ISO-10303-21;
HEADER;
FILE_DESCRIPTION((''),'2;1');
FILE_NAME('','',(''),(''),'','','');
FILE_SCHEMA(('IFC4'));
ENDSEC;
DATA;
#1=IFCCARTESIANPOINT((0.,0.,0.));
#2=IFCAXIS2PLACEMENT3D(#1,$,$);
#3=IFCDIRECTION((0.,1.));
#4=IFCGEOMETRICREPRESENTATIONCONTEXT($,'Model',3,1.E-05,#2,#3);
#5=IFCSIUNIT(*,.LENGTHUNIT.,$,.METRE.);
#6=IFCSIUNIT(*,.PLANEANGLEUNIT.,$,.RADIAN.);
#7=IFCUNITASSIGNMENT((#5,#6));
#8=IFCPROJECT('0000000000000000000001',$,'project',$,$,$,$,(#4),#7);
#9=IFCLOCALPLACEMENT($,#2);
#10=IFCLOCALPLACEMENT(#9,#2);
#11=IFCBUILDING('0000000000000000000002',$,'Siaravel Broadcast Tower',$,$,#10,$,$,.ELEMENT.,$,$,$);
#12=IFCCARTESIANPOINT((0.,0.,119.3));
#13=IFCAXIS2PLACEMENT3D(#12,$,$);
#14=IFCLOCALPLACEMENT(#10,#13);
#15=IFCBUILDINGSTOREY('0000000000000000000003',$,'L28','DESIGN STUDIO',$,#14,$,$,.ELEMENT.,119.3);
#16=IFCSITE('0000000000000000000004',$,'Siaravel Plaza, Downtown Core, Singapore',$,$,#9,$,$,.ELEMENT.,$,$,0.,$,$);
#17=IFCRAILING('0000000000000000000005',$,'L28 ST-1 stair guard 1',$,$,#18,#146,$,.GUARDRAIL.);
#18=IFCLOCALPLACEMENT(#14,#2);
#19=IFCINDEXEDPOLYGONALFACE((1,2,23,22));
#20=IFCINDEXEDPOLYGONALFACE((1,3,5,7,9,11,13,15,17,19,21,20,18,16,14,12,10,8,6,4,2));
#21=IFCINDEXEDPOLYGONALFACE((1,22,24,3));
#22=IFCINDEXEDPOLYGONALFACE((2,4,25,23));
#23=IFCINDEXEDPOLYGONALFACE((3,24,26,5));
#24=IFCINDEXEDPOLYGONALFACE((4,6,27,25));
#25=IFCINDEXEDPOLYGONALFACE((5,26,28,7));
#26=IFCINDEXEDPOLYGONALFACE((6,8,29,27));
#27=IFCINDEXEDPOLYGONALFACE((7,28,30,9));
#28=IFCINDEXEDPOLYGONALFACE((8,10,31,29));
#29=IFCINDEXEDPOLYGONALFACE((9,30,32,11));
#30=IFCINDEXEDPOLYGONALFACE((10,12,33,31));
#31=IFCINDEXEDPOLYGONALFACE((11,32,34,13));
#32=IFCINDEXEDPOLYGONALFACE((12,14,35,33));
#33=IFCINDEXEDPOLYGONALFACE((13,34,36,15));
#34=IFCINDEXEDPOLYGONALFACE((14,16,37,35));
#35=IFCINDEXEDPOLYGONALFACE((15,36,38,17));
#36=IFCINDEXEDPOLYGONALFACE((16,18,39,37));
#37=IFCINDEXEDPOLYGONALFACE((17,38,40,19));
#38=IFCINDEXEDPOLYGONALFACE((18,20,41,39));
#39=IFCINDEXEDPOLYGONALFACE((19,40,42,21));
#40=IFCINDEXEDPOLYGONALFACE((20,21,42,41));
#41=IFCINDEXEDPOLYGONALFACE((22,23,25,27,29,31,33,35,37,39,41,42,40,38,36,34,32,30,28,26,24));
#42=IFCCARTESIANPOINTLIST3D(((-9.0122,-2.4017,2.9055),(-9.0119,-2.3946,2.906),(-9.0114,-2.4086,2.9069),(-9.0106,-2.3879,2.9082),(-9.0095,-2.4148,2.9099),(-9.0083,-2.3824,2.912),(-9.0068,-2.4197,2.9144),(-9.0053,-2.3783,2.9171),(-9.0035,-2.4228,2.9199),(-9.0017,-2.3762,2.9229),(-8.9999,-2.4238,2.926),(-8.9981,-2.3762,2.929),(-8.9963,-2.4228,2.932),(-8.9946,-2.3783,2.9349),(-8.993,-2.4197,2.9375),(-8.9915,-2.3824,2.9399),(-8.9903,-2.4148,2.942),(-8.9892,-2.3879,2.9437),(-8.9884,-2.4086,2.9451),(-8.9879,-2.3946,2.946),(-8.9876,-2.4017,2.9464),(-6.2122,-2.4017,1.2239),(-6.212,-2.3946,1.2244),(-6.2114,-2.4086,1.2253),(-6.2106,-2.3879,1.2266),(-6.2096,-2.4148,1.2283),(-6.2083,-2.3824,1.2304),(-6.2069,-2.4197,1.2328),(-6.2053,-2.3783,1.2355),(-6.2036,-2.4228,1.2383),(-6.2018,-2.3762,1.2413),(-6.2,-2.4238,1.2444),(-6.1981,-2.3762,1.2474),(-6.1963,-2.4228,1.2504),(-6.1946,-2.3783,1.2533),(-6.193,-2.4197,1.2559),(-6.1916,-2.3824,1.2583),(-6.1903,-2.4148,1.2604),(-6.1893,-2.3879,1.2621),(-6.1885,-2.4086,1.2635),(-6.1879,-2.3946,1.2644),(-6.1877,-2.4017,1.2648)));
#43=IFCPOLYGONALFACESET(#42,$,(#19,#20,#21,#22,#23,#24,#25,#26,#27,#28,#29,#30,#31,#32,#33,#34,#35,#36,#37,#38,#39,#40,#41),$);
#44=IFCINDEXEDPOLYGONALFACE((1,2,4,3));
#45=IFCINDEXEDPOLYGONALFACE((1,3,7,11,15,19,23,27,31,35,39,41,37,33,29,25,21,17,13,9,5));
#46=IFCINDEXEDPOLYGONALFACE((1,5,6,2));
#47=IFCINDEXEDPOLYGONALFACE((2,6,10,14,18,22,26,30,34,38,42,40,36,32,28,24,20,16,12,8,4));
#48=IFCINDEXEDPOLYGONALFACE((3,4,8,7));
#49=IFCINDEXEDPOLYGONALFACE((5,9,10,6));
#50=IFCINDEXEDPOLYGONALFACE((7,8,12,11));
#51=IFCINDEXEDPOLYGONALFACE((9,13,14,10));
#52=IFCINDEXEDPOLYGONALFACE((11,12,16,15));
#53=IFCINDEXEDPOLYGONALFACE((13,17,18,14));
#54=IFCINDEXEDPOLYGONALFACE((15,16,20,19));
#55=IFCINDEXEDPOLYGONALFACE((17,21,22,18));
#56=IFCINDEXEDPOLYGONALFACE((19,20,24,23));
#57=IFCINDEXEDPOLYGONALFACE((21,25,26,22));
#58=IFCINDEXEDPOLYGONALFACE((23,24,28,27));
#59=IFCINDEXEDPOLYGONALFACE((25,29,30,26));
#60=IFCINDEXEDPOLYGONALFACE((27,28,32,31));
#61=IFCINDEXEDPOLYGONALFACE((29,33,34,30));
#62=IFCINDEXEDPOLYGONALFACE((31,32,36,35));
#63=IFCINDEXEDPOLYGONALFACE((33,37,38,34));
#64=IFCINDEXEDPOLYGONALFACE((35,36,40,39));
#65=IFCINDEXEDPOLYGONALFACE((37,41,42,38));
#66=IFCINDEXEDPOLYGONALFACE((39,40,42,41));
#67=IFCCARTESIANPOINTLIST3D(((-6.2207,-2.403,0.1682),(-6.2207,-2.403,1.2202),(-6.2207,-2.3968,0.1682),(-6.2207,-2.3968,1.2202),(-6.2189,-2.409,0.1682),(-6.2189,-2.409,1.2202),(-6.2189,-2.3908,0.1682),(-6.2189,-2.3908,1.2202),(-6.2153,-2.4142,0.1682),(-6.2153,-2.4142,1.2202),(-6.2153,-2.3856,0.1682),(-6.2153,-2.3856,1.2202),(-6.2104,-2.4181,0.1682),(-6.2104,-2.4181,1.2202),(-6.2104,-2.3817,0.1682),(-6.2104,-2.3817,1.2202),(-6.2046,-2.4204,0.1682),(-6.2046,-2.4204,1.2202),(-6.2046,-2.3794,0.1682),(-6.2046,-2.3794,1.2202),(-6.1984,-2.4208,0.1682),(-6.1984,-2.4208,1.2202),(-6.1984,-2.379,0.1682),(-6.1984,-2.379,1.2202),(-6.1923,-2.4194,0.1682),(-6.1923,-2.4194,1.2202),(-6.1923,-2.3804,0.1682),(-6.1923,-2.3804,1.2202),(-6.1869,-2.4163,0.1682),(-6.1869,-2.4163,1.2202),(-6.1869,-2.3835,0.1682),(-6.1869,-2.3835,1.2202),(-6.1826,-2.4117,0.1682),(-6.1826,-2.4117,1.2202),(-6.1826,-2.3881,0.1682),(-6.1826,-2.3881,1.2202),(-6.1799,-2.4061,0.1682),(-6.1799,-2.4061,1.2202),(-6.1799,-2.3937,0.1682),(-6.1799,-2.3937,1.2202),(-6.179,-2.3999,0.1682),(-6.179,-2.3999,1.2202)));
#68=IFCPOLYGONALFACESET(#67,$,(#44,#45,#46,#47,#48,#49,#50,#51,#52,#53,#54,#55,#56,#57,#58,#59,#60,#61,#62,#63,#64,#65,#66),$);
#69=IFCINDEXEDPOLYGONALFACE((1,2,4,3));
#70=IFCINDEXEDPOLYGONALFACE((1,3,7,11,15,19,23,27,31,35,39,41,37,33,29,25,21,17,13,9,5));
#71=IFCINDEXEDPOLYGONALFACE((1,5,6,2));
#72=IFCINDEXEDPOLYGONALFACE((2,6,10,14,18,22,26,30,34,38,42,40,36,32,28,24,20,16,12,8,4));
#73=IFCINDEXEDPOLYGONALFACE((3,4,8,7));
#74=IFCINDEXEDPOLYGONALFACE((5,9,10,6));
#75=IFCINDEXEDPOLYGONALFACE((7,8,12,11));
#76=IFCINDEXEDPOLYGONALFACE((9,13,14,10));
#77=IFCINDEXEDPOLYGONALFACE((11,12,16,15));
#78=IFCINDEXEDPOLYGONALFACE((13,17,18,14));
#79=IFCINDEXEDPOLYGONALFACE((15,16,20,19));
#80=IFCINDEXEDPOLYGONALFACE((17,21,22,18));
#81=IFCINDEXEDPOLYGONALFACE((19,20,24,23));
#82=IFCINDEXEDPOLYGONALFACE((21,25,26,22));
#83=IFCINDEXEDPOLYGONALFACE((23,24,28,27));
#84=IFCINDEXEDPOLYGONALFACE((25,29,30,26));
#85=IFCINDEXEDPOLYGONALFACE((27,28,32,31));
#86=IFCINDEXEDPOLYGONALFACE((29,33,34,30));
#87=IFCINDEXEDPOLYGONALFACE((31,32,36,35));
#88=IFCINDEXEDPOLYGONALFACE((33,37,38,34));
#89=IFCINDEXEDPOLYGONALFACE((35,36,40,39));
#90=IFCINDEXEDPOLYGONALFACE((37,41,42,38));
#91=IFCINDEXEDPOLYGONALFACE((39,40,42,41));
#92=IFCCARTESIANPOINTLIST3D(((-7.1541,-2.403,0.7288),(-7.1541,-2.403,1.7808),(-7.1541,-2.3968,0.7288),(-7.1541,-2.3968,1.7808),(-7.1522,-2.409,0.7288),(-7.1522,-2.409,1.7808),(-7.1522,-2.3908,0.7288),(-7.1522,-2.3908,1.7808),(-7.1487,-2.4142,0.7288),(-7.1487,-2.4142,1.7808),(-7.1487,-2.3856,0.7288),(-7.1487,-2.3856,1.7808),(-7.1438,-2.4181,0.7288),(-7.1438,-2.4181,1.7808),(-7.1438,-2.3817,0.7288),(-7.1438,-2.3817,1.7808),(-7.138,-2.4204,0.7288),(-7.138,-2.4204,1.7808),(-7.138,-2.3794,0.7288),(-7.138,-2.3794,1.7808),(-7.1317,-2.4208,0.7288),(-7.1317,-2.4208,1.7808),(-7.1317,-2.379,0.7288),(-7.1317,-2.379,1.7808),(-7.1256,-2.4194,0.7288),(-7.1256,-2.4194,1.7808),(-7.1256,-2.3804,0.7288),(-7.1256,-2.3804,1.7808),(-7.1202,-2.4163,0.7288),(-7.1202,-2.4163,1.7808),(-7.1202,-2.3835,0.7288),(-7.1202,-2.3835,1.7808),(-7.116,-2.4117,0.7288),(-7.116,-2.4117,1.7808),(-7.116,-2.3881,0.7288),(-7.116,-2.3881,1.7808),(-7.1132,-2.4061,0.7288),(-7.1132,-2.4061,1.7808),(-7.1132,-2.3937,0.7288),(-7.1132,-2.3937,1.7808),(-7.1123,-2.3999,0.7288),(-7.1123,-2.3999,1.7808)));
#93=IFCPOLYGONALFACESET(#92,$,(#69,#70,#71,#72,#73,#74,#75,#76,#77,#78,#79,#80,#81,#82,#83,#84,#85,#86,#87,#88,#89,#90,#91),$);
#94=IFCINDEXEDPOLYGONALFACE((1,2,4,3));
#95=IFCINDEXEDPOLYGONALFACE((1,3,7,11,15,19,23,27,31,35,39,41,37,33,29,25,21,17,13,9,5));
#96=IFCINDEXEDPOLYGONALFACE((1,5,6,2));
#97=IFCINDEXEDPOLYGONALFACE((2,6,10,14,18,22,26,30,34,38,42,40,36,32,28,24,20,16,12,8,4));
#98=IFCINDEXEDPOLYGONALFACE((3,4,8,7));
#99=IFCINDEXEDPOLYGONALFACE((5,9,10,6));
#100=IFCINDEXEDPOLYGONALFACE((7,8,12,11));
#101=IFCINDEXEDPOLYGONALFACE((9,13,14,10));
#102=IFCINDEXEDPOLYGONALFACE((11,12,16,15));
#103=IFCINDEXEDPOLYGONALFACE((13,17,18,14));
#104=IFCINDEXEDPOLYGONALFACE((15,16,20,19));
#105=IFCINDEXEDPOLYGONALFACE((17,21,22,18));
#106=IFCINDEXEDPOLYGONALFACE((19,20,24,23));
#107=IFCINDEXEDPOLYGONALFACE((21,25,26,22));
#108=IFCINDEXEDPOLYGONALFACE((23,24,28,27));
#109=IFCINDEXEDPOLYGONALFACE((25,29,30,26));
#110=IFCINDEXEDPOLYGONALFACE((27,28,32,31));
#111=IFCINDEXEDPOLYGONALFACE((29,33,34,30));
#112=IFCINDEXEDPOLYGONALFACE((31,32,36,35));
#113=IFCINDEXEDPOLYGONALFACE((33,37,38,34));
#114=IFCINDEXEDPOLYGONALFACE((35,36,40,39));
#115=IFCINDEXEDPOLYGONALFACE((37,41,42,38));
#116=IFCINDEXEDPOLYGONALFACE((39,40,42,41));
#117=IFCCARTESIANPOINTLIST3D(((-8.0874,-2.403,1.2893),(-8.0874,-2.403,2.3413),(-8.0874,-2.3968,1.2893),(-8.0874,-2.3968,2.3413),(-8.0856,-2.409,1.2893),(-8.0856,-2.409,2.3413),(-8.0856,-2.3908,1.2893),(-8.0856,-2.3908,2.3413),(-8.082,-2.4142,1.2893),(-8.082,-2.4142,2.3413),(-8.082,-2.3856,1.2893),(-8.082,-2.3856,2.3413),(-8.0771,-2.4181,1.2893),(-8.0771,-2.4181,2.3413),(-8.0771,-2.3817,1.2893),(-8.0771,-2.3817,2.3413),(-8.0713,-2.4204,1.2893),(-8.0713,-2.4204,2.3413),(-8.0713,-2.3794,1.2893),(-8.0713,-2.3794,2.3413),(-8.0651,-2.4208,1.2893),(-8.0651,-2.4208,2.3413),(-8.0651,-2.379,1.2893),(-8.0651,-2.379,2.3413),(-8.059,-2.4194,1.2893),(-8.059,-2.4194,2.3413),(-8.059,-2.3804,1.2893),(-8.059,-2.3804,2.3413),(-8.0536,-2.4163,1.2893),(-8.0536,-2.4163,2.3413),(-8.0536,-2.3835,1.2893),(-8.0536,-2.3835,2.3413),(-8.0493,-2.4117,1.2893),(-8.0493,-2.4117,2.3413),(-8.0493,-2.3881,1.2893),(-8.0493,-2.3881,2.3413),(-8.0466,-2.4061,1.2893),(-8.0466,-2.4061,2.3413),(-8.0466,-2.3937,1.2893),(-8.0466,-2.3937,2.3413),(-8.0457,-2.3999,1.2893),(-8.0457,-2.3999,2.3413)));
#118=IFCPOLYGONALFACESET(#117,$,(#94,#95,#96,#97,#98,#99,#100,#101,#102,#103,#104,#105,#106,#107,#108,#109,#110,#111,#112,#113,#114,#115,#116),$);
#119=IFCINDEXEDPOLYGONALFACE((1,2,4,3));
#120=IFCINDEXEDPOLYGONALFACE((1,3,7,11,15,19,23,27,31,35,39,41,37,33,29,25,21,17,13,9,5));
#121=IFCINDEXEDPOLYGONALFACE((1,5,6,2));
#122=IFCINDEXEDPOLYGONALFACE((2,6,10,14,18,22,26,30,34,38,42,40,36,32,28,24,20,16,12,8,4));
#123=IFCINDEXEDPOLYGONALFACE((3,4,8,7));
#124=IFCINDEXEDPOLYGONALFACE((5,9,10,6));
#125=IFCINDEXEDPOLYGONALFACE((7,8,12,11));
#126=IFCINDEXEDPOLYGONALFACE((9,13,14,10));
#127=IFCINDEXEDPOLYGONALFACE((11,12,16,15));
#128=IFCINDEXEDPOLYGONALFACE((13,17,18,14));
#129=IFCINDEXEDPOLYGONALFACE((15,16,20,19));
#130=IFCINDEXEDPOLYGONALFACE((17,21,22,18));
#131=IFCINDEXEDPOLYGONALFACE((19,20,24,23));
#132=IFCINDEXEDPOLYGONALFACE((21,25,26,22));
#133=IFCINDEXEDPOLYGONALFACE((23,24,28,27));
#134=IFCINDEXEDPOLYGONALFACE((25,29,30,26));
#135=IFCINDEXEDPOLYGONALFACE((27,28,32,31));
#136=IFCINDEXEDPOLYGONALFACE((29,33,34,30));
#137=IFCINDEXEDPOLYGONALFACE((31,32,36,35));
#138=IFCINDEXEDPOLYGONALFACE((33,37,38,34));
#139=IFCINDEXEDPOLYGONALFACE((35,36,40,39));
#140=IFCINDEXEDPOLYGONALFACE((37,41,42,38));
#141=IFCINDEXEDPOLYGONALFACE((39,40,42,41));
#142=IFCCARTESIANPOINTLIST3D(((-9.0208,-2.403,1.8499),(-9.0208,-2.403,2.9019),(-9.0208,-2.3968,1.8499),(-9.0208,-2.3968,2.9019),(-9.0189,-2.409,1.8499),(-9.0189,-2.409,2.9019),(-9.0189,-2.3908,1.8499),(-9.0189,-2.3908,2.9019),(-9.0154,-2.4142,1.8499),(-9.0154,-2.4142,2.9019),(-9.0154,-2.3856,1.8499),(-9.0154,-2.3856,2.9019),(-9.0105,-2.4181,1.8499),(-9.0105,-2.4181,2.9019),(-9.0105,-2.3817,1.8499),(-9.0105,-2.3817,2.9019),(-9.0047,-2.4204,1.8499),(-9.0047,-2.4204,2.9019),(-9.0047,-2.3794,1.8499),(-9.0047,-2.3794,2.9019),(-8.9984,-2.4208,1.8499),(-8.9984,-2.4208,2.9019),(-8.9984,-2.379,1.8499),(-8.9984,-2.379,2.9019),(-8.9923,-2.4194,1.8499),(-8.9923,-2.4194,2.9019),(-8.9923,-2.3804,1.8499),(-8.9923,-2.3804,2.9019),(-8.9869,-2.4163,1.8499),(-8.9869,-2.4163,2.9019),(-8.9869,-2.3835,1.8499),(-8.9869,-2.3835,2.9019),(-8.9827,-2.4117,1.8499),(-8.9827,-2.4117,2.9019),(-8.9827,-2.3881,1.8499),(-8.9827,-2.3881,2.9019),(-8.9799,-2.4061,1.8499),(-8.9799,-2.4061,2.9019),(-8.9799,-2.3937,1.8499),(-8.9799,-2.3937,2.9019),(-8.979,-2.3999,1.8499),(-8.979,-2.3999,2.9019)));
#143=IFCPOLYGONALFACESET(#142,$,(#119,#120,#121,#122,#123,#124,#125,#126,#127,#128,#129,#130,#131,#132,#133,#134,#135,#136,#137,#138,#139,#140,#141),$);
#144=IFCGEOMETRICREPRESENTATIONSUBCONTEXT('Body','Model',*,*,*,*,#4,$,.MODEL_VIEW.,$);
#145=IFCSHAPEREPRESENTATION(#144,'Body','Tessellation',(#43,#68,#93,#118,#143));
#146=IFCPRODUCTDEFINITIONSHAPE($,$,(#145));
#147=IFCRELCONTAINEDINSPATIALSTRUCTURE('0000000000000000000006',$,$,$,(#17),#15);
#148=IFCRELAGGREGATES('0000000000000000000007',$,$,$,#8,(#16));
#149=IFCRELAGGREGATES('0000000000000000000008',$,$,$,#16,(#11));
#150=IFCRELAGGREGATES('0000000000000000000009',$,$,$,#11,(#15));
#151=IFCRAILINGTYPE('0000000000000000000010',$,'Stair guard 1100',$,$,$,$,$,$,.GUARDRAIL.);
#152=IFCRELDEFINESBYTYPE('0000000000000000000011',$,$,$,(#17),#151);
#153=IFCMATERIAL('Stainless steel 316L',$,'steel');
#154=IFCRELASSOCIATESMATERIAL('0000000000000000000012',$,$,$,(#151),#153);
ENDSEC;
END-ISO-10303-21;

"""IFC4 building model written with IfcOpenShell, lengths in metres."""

from ifc_helpers import new_model, si_unit, direction, frame, origin, origin_2d, place, context, subcontext, project, spatial, circle, extrude, material, type_object, element, save


model = new_model("IFC4")

# Units and contexts
model_context = context("Model", 3, precision=1e-05, world=origin(), true_north=direction((0.0, 1.0)))
body_context = subcontext(model_context, "Body", "Model", "MODEL_VIEW")
ifc_project = project(units=[si_unit("LENGTHUNIT", "METRE"), si_unit("PLANEANGLEUNIT", "RADIAN")], contexts=[model_context])

# Site, building, storey
site_placement = place(None, origin())
site = spatial("IfcSite", under=ifc_project, at=site_placement, Name="Siaravel Plaza, Downtown Core, Singapore", CompositionType="ELEMENT", RefElevation=0.0)
building_placement = place(site_placement, origin())
building = spatial("IfcBuilding", under=site, at=building_placement, Name="Siaravel Broadcast Tower", CompositionType="ELEMENT")
storey_placement = place(building_placement, frame((0.0, 0.0, 119.3)))
storey = spatial("IfcBuildingStorey", under=building, at=storey_placement, Name="L28", Description="DESIGN STUDIO", CompositionType="ELEMENT", Elevation=119.3)

# Shared definitions
ifc_material_1 = material(Name="Stainless steel 316L", Category="steel")

# Railing
railing_type_1 = type_object("IfcRailingType", Name="Stair guard 1100", PredefinedType="GUARDRAIL", material=ifc_material_1)
railing_1_placement = place(storey_placement, frame((-6.2, -2.3999, 0.1682)))
element("IfcRailing", 1, at=railing_1_placement, inside=storey, type_object=railing_type_1, Name="L28 ST-1 stair guard 1", PredefinedType="GUARDRAIL", context=body_context, shape_type="SweptSolid", body=[
    extrude(circle(Radius=0.0239, at=origin_2d()), frame((0.0, 0.0, 1.0762), z_axis=(-0.857275, 0.0, 0.514858), x_axis=(0.0, -1.0, 0.0)), (0.0, 0.0, 1.0), 3.2661),
    extrude(circle(Radius=0.021, at=origin_2d()), origin(), (0.0, 0.0, 1.0), 1.052),
    extrude(circle(Radius=0.021, at=origin_2d()), frame((-0.9333, 0.0, 0.5605)), (0.0, 0.0, 1.0), 1.052),
    extrude(circle(Radius=0.021, at=origin_2d()), frame((-1.8667, 0.0, 1.1211)), (0.0, 0.0, 1.0), 1.052),
    extrude(circle(Radius=0.021, at=origin_2d()), frame((-2.8, 0.0, 1.6816)), (0.0, 0.0, 1.0), 1.052),
])

save(model, "model.ifc")
